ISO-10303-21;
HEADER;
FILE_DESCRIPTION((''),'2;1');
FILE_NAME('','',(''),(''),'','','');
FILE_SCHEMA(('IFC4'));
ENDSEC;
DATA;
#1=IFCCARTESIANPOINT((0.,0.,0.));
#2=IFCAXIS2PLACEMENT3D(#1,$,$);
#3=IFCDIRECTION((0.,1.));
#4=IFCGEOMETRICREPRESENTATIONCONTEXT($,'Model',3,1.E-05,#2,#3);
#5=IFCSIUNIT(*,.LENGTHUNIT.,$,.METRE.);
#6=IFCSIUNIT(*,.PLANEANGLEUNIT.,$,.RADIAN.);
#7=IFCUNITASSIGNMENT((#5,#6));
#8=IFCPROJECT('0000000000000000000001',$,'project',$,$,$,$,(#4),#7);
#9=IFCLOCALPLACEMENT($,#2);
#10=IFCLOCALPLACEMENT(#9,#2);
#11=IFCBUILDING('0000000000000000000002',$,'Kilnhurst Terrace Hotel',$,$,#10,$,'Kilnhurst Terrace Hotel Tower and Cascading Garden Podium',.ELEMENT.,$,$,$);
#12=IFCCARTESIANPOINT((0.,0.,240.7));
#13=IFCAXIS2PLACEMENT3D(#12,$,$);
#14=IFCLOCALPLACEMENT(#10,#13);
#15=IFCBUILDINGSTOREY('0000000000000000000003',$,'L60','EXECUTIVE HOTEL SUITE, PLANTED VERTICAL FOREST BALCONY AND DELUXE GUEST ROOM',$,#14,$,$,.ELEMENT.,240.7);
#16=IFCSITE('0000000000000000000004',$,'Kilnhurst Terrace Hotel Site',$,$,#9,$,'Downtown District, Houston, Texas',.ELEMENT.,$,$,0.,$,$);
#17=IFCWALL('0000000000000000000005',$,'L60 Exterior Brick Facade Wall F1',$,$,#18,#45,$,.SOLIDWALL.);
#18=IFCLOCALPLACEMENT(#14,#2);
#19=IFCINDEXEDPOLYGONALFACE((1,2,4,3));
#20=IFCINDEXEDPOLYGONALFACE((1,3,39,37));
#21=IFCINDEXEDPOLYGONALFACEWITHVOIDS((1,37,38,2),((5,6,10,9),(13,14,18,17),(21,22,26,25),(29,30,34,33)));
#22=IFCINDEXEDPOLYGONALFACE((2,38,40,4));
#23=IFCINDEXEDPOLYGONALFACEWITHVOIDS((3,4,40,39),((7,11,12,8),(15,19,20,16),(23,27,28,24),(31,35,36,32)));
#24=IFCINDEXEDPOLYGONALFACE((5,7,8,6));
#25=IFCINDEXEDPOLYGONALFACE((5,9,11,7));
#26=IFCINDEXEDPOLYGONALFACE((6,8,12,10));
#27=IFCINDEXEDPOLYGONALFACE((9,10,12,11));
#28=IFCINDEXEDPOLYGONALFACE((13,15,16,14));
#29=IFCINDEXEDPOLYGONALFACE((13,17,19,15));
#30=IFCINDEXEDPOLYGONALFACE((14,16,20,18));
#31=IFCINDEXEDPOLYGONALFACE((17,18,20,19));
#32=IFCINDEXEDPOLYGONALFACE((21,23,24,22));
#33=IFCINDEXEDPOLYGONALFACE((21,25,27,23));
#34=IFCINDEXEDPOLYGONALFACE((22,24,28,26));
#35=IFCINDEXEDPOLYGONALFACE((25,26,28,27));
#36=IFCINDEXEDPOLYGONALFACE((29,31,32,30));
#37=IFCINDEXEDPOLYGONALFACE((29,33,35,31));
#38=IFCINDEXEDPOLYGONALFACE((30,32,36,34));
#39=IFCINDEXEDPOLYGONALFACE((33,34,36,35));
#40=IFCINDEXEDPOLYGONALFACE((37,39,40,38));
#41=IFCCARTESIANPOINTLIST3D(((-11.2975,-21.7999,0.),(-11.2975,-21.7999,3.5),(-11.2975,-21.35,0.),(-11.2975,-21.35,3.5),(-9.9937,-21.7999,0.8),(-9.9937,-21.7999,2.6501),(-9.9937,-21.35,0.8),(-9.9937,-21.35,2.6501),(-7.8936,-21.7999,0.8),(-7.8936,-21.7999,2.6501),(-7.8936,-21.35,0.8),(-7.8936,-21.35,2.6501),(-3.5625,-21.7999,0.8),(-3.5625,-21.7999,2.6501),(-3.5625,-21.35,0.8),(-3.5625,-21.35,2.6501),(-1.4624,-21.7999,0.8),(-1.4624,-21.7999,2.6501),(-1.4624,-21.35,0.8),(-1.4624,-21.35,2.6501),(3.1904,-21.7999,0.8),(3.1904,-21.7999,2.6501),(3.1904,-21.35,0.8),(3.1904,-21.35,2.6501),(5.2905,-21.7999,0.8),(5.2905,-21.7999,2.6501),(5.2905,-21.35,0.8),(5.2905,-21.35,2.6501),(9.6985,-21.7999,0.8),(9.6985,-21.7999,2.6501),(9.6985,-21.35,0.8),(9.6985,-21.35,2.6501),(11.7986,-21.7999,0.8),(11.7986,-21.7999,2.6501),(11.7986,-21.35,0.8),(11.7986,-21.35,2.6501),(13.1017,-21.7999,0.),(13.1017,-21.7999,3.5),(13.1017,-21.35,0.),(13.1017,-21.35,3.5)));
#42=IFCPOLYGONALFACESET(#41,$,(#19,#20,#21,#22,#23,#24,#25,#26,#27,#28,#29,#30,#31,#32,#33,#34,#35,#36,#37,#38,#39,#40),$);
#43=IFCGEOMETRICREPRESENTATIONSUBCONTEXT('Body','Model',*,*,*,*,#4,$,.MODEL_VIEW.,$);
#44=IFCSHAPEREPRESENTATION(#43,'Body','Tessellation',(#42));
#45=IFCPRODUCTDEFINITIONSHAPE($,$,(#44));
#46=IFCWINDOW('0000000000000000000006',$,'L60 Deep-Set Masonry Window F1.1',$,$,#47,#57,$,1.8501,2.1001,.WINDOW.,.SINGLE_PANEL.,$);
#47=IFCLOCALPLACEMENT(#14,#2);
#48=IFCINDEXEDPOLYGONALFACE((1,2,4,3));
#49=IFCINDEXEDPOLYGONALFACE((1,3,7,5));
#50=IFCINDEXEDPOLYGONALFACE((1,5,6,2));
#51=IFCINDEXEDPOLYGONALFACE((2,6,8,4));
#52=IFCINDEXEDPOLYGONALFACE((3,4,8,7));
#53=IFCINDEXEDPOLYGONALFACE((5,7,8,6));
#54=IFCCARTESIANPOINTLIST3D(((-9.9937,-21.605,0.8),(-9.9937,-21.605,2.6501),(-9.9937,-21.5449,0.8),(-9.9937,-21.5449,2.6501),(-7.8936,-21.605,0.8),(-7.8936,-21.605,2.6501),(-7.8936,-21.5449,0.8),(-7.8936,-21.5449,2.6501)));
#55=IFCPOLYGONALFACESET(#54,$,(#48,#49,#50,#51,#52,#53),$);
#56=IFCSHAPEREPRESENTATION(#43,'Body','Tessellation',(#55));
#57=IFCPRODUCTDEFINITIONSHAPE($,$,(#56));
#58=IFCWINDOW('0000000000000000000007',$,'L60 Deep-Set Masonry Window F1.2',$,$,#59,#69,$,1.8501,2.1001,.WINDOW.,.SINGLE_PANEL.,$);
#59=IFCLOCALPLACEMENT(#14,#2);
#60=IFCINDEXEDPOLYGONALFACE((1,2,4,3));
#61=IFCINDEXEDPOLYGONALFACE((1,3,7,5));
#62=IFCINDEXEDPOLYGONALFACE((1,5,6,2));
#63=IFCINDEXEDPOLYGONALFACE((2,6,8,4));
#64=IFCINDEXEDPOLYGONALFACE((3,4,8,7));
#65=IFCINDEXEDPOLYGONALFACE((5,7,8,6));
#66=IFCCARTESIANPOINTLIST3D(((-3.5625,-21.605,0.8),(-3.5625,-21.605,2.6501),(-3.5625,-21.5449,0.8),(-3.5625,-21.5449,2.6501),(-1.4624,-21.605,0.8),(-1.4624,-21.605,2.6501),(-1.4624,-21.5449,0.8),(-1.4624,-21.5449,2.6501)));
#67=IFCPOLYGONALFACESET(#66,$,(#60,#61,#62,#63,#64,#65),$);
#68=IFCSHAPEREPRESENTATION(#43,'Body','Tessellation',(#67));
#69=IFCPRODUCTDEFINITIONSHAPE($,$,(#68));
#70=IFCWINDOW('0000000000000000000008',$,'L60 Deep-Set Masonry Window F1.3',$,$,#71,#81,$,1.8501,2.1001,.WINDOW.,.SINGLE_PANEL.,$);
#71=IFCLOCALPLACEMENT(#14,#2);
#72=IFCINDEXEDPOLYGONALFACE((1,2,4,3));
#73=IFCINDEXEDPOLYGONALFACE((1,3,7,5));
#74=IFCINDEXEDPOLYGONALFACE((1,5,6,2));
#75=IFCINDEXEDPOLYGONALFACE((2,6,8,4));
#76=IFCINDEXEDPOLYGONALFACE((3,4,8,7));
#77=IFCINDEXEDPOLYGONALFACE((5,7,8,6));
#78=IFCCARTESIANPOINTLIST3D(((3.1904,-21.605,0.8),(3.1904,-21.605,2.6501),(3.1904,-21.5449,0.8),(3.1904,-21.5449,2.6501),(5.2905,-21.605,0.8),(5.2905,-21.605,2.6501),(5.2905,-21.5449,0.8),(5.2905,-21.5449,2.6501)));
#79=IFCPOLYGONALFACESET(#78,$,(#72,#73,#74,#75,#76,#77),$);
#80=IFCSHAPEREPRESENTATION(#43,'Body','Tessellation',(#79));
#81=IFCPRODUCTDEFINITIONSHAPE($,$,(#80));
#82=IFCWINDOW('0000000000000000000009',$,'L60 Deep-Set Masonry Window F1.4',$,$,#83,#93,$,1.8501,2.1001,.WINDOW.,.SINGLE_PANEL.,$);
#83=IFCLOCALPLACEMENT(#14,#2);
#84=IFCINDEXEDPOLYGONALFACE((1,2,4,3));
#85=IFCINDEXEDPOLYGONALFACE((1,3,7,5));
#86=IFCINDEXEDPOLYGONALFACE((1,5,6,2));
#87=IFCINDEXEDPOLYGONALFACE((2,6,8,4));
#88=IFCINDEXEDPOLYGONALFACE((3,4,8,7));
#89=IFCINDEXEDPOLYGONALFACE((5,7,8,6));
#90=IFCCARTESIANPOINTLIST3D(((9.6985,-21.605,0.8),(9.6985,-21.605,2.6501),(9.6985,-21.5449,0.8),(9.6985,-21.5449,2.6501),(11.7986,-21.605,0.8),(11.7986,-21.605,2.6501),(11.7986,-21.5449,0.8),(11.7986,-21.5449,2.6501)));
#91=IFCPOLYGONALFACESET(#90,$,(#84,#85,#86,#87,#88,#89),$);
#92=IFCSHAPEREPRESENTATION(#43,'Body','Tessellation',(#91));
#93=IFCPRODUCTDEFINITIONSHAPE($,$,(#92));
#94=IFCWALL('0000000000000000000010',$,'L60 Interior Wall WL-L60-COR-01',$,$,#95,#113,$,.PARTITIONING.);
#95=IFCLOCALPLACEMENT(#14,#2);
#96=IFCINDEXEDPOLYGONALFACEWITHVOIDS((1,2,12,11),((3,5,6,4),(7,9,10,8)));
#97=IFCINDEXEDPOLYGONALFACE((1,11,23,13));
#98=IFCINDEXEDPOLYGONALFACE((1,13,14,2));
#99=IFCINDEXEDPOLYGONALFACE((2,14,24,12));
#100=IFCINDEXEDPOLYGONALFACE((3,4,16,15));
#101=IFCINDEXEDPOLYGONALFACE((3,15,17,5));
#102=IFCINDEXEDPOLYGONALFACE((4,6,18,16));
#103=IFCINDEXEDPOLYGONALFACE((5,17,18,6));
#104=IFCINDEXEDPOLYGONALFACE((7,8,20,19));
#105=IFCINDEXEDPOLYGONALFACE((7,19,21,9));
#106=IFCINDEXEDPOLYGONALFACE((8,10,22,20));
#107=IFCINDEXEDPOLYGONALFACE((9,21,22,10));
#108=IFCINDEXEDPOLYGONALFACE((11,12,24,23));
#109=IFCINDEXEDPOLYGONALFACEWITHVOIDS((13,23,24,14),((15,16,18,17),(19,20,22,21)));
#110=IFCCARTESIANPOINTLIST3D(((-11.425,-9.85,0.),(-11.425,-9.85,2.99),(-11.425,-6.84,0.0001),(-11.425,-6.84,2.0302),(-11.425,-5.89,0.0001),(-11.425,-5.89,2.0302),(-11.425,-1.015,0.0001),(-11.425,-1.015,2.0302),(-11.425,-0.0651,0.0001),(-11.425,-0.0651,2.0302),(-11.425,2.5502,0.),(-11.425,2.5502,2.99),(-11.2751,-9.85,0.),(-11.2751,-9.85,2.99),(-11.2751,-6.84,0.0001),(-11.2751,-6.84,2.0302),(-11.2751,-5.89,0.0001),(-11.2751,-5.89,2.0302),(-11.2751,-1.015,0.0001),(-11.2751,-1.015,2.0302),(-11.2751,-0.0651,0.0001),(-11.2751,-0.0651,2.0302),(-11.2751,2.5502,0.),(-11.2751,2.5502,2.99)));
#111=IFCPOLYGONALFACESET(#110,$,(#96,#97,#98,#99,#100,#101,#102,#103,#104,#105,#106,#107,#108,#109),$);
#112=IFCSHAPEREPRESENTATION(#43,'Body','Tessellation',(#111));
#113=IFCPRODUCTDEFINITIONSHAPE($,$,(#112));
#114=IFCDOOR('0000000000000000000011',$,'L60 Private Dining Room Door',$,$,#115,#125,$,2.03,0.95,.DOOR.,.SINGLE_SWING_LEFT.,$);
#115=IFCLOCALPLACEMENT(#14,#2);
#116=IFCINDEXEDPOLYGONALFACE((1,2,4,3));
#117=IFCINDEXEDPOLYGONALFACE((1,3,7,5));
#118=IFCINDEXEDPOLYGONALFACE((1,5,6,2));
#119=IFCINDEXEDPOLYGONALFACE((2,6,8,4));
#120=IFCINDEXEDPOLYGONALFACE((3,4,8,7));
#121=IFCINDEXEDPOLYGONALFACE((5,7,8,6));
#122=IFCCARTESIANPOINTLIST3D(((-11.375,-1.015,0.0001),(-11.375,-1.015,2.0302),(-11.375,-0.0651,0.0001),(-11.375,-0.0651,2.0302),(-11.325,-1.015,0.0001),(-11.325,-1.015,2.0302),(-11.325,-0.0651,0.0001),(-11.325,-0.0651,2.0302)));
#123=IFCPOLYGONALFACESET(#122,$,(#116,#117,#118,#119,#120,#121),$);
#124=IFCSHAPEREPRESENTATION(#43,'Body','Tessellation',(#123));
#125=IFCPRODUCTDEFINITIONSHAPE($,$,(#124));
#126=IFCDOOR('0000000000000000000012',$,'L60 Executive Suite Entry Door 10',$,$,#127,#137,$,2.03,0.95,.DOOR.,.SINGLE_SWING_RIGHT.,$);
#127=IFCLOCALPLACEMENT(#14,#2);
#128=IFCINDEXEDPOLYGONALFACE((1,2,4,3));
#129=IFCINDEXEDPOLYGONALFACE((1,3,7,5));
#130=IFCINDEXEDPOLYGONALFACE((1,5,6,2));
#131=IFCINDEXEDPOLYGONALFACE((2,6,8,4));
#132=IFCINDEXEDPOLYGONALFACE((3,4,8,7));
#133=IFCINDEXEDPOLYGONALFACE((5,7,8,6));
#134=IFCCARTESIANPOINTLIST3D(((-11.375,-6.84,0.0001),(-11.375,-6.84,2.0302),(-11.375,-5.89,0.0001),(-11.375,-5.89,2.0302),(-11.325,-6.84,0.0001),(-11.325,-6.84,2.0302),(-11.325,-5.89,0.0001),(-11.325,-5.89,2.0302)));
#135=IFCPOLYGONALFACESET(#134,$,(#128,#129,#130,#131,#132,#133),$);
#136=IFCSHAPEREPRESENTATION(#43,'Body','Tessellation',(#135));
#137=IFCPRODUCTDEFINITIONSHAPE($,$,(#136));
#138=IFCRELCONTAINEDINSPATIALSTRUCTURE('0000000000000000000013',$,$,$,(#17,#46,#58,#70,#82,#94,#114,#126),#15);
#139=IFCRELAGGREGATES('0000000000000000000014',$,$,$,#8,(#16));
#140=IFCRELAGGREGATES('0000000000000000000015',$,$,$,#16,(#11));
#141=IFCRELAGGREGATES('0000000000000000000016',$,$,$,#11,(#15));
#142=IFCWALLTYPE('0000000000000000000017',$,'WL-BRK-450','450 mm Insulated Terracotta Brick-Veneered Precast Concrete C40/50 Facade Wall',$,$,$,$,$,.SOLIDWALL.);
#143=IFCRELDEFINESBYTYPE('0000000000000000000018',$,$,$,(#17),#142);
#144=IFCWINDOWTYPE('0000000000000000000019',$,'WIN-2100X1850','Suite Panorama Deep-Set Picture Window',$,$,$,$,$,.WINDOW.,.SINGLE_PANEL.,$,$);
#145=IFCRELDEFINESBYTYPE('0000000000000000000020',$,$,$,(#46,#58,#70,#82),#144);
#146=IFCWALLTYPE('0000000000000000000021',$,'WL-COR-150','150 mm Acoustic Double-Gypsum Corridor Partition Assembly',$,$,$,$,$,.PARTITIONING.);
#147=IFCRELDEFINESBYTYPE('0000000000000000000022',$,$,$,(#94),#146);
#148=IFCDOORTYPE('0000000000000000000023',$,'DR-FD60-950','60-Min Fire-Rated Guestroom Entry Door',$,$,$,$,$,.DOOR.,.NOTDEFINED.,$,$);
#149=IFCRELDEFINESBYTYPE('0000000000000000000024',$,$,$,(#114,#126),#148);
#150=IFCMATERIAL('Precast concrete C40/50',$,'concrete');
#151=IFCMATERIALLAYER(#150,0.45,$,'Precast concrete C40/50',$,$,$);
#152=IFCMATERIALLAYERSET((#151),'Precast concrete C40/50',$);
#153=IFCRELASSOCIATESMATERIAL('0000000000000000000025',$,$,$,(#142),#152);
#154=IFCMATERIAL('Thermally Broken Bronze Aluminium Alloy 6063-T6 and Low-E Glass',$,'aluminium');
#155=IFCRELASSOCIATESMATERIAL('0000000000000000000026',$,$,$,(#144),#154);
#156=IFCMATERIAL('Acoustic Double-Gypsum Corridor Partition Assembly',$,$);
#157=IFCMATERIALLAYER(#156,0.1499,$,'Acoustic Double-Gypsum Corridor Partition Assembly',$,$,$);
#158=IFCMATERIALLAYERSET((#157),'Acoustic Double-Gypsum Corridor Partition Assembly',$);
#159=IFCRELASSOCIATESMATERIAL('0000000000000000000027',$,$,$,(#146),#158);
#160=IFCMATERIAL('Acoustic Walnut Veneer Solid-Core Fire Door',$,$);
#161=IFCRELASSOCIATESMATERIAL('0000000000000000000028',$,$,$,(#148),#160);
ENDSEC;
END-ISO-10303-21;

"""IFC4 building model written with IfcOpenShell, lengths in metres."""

from ifc_helpers import new_model, si_unit, direction, frame, frame_2d, origin, place, context, subcontext, project, spatial, rectangle, extrude, material, layer, layer_set, type_object, element, fill, save


model = new_model("IFC4")

# Units and contexts
model_context = context("Model", 3, precision=1e-05, world=origin(), true_north=direction((0.0, 1.0)))
body_context = subcontext(model_context, "Body", "Model", "MODEL_VIEW")
ifc_project = project(units=[si_unit("LENGTHUNIT", "METRE"), si_unit("PLANEANGLEUNIT", "RADIAN")], contexts=[model_context])

# Site, building, storey
site_placement = place(None, origin())
site = spatial("IfcSite", under=ifc_project, at=site_placement, Name="Kilnhurst Terrace Hotel Site", LongName="Downtown District, Houston, Texas", CompositionType="ELEMENT", RefElevation=0.0)
building_placement = place(site_placement, origin())
building = spatial("IfcBuilding", under=site, at=building_placement, Name="Kilnhurst Terrace Hotel", LongName="Kilnhurst Terrace Hotel Tower and Cascading Garden Podium", CompositionType="ELEMENT")
storey_placement = place(building_placement, frame((0.0, 0.0, 240.7)))
storey = spatial("IfcBuildingStorey", under=building, at=storey_placement, Name="L60", Description="EXECUTIVE HOTEL SUITE, PLANTED VERTICAL FOREST BALCONY AND DELUXE GUEST ROOM", CompositionType="ELEMENT", Elevation=240.7)

# Shared definitions
ifc_material_1 = material(Name="Precast concrete C40/50", Category="concrete")
ifc_layer_1 = layer(ifc_material_1, 0.45, Name="Precast concrete C40/50")
ifc_layer_set_1 = layer_set([ifc_layer_1], Name="Precast concrete C40/50")
wall_type_1 = type_object("IfcWallType", Name="WL-BRK-450", Description="450 mm Insulated Terracotta Brick-Veneered Precast Concrete C40/50 Facade Wall", PredefinedType="SOLIDWALL", material=ifc_layer_set_1)

# Wall, openings, windows
wall_1_placement = place(storey_placement, frame((-11.2976, -21.575, 0.0), z_axis=(0.0, 0.0, 1.0), x_axis=(1.0, 0.0, 0.0)))
wall_1 = element("IfcWall", 1, at=wall_1_placement, inside=storey, type_object=wall_type_1, Name="L60 Exterior Brick Facade Wall F1", PredefinedType="SOLIDWALL", context=body_context, shape_type="SweptSolid", body=[
    extrude(rectangle(XDim=24.3992, YDim=0.45, at=frame_2d((12.1997, 0.0))), origin(), (0.0, 0.0, 1.0), 3.5),
])
opening_1_placement = place(wall_1_placement, frame((1.304, 0.0, 0.8)))
opening_1 = element("IfcOpeningElement", 2, at=opening_1_placement, cuts=wall_1, PredefinedType="OPENING", context=body_context, shape_type="SweptSolid", body=[
    extrude(rectangle(XDim=2.1001, YDim=1.8501, at=frame_2d((1.05, 0.925))), frame((0.0, 0.2349, 0.0), z_axis=(0.0, -1.0, 0.0), x_axis=(1.0, 0.0, 0.0)), (0.0, 0.0, 1.0), 0.47),
])
opening_2_placement = place(wall_1_placement, frame((7.7351, 0.0, 0.8)))
opening_2 = element("IfcOpeningElement", 3, at=opening_2_placement, cuts=wall_1, PredefinedType="OPENING", context=body_context, shape_type="SweptSolid", body=[
    extrude(rectangle(XDim=2.1001, YDim=1.8501, at=frame_2d((1.05, 0.925))), frame((0.0, 0.2349, 0.0), z_axis=(0.0, -1.0, 0.0), x_axis=(1.0, 0.0, 0.0)), (0.0, 0.0, 1.0), 0.47),
])
opening_3_placement = place(wall_1_placement, frame((14.488, 0.0, 0.8)))
opening_3 = element("IfcOpeningElement", 4, at=opening_3_placement, cuts=wall_1, PredefinedType="OPENING", context=body_context, shape_type="SweptSolid", body=[
    extrude(rectangle(XDim=2.1001, YDim=1.8501, at=frame_2d((1.05, 0.925))), frame((0.0, 0.2349, 0.0), z_axis=(0.0, -1.0, 0.0), x_axis=(1.0, 0.0, 0.0)), (0.0, 0.0, 1.0), 0.47),
])
opening_4_placement = place(wall_1_placement, frame((20.9961, 0.0, 0.8)))
opening_4 = element("IfcOpeningElement", 5, at=opening_4_placement, cuts=wall_1, PredefinedType="OPENING", context=body_context, shape_type="SweptSolid", body=[
    extrude(rectangle(XDim=2.1001, YDim=1.8501, at=frame_2d((1.05, 0.925))), frame((0.0, 0.2349, 0.0), z_axis=(0.0, -1.0, 0.0), x_axis=(1.0, 0.0, 0.0)), (0.0, 0.0, 1.0), 0.47),
])
ifc_material_2 = material(Name="Thermally Broken Bronze Aluminium Alloy 6063-T6 and Low-E Glass", Category="aluminium")
window_type = type_object("IfcWindowType", Name="WIN-2100X1850", Description="Suite Panorama Deep-Set Picture Window", PartitioningType="SINGLE_PANEL", PredefinedType="WINDOW", material=ifc_material_2)
window_1_placement = place(opening_1_placement, origin())
window_1 = element("IfcWindow", 6, at=window_1_placement, inside=storey, type_object=window_type, Name="L60 Deep-Set Masonry Window F1.1", OverallHeight=1.8501, OverallWidth=2.1001, PartitioningType="SINGLE_PANEL", PredefinedType="WINDOW", context=body_context, shape_type="SweptSolid", body=[
    extrude(rectangle(XDim=2.1001, YDim=1.8501, at=frame_2d((1.05, 0.925))), frame((0.0, 0.03, 0.0), z_axis=(0.0, -1.0, 0.0), x_axis=(1.0, 0.0, 0.0)), (0.0, 0.0, 1.0), 0.0601),
])
fill(opening_1, window_1)
window_2_placement = place(opening_2_placement, origin())
window_2 = element("IfcWindow", 7, at=window_2_placement, inside=storey, type_object=window_type, Name="L60 Deep-Set Masonry Window F1.2", OverallHeight=1.8501, OverallWidth=2.1001, PartitioningType="SINGLE_PANEL", PredefinedType="WINDOW", context=body_context, shape_type="SweptSolid", body=[
    extrude(rectangle(XDim=2.1001, YDim=1.8501, at=frame_2d((1.05, 0.925))), frame((0.0, 0.03, 0.0), z_axis=(0.0, -1.0, 0.0), x_axis=(1.0, 0.0, 0.0)), (0.0, 0.0, 1.0), 0.0601),
])
fill(opening_2, window_2)
window_3_placement = place(opening_3_placement, origin())
window_3 = element("IfcWindow", 8, at=window_3_placement, inside=storey, type_object=window_type, Name="L60 Deep-Set Masonry Window F1.3", OverallHeight=1.8501, OverallWidth=2.1001, PartitioningType="SINGLE_PANEL", PredefinedType="WINDOW", context=body_context, shape_type="SweptSolid", body=[
    extrude(rectangle(XDim=2.1001, YDim=1.8501, at=frame_2d((1.05, 0.925))), frame((0.0, 0.03, 0.0), z_axis=(0.0, -1.0, 0.0), x_axis=(1.0, 0.0, 0.0)), (0.0, 0.0, 1.0), 0.0601),
])
fill(opening_3, window_3)
window_4_placement = place(opening_4_placement, origin())
window_4 = element("IfcWindow", 9, at=window_4_placement, inside=storey, type_object=window_type, Name="L60 Deep-Set Masonry Window F1.4", OverallHeight=1.8501, OverallWidth=2.1001, PartitioningType="SINGLE_PANEL", PredefinedType="WINDOW", context=body_context, shape_type="SweptSolid", body=[
    extrude(rectangle(XDim=2.1001, YDim=1.8501, at=frame_2d((1.05, 0.925))), frame((0.0, 0.03, 0.0), z_axis=(0.0, -1.0, 0.0), x_axis=(1.0, 0.0, 0.0)), (0.0, 0.0, 1.0), 0.0601),
])
fill(opening_4, window_4)

# Wall, openings, doors
ifc_material_3 = material(Name="Acoustic Double-Gypsum Corridor Partition Assembly")
ifc_layer_2 = layer(ifc_material_3, 0.1499, Name="Acoustic Double-Gypsum Corridor Partition Assembly")
ifc_layer_set_2 = layer_set([ifc_layer_2], Name="Acoustic Double-Gypsum Corridor Partition Assembly")
wall_type_2 = type_object("IfcWallType", Name="WL-COR-150", Description="150 mm Acoustic Double-Gypsum Corridor Partition Assembly", PredefinedType="PARTITIONING", material=ifc_layer_set_2)
wall_2_placement = place(storey_placement, frame((-11.3501, -9.8501, 0.0), z_axis=(0.0, 0.0, 1.0), x_axis=(0.0, 1.0, 0.0)))
wall_2 = element("IfcWall", 10, at=wall_2_placement, inside=storey, type_object=wall_type_2, Name="L60 Interior Wall WL-L60-COR-01", PredefinedType="PARTITIONING", context=body_context, shape_type="SweptSolid", body=[
    extrude(rectangle(XDim=12.4001, YDim=0.1499, at=frame_2d((6.2002, 0.0))), origin(), (0.0, 0.0, 1.0), 2.99),
])
opening_5_placement = place(wall_2_placement, frame((8.835, 0.0, 0.0)))
opening_5 = element("IfcOpeningElement", 11, at=opening_5_placement, cuts=wall_2, PredefinedType="OPENING", context=body_context, shape_type="SweptSolid", body=[
    extrude(rectangle(XDim=0.95, YDim=2.03, at=frame_2d((0.4751, 1.0151))), frame((0.0, 0.085, 0.0), z_axis=(0.0, -1.0, 0.0), x_axis=(1.0, 0.0, 0.0)), (0.0, 0.0, 1.0), 0.1699),
])
opening_6_placement = place(wall_2_placement, frame((3.01, 0.0, 0.0)))
opening_6 = element("IfcOpeningElement", 12, at=opening_6_placement, cuts=wall_2, PredefinedType="OPENING", context=body_context, shape_type="SweptSolid", body=[
    extrude(rectangle(XDim=0.95, YDim=2.03, at=frame_2d((0.4751, 1.0151))), frame((0.0, 0.085, 0.0), z_axis=(0.0, -1.0, 0.0), x_axis=(1.0, 0.0, 0.0)), (0.0, 0.0, 1.0), 0.1699),
])
ifc_material_4 = material(Name="Acoustic Walnut Veneer Solid-Core Fire Door")
door_type_1 = type_object("IfcDoorType", Name="DR-FD60-950", Description="60-Min Fire-Rated Guestroom Entry Door", OperationType="NOTDEFINED", PredefinedType="DOOR", material=ifc_material_4)
door_1_placement = place(opening_5_placement, origin())
door_1 = element("IfcDoor", 13, at=door_1_placement, inside=storey, type_object=door_type_1, Name="L60 Private Dining Room Door", OperationType="SINGLE_SWING_LEFT", OverallHeight=2.03, OverallWidth=0.95, PredefinedType="DOOR", context=body_context, shape_type="SweptSolid", body=[
    extrude(rectangle(XDim=0.95, YDim=2.03, at=frame_2d((0.4751, 1.0151))), frame((0.0, 0.0249, 0.0), z_axis=(0.0, -1.0, 0.0), x_axis=(1.0, 0.0, 0.0)), (0.0, 0.0, 1.0), 0.05),
])
fill(opening_5, door_1)
door_2_placement = place(opening_6_placement, origin())
door_2 = element("IfcDoor", 14, at=door_2_placement, inside=storey, type_object=door_type_1, Name="L60 Executive Suite Entry Door 10", OperationType="SINGLE_SWING_RIGHT", OverallHeight=2.03, OverallWidth=0.95, PredefinedType="DOOR", context=body_context, shape_type="SweptSolid", body=[
    extrude(rectangle(XDim=0.95, YDim=2.03, at=frame_2d((0.4751, 1.0151))), frame((0.0, 0.0249, 0.0), z_axis=(0.0, -1.0, 0.0), x_axis=(1.0, 0.0, 0.0)), (0.0, 0.0, 1.0), 0.05),
])
fill(opening_6, door_2)

save(model, "model.ifc")
